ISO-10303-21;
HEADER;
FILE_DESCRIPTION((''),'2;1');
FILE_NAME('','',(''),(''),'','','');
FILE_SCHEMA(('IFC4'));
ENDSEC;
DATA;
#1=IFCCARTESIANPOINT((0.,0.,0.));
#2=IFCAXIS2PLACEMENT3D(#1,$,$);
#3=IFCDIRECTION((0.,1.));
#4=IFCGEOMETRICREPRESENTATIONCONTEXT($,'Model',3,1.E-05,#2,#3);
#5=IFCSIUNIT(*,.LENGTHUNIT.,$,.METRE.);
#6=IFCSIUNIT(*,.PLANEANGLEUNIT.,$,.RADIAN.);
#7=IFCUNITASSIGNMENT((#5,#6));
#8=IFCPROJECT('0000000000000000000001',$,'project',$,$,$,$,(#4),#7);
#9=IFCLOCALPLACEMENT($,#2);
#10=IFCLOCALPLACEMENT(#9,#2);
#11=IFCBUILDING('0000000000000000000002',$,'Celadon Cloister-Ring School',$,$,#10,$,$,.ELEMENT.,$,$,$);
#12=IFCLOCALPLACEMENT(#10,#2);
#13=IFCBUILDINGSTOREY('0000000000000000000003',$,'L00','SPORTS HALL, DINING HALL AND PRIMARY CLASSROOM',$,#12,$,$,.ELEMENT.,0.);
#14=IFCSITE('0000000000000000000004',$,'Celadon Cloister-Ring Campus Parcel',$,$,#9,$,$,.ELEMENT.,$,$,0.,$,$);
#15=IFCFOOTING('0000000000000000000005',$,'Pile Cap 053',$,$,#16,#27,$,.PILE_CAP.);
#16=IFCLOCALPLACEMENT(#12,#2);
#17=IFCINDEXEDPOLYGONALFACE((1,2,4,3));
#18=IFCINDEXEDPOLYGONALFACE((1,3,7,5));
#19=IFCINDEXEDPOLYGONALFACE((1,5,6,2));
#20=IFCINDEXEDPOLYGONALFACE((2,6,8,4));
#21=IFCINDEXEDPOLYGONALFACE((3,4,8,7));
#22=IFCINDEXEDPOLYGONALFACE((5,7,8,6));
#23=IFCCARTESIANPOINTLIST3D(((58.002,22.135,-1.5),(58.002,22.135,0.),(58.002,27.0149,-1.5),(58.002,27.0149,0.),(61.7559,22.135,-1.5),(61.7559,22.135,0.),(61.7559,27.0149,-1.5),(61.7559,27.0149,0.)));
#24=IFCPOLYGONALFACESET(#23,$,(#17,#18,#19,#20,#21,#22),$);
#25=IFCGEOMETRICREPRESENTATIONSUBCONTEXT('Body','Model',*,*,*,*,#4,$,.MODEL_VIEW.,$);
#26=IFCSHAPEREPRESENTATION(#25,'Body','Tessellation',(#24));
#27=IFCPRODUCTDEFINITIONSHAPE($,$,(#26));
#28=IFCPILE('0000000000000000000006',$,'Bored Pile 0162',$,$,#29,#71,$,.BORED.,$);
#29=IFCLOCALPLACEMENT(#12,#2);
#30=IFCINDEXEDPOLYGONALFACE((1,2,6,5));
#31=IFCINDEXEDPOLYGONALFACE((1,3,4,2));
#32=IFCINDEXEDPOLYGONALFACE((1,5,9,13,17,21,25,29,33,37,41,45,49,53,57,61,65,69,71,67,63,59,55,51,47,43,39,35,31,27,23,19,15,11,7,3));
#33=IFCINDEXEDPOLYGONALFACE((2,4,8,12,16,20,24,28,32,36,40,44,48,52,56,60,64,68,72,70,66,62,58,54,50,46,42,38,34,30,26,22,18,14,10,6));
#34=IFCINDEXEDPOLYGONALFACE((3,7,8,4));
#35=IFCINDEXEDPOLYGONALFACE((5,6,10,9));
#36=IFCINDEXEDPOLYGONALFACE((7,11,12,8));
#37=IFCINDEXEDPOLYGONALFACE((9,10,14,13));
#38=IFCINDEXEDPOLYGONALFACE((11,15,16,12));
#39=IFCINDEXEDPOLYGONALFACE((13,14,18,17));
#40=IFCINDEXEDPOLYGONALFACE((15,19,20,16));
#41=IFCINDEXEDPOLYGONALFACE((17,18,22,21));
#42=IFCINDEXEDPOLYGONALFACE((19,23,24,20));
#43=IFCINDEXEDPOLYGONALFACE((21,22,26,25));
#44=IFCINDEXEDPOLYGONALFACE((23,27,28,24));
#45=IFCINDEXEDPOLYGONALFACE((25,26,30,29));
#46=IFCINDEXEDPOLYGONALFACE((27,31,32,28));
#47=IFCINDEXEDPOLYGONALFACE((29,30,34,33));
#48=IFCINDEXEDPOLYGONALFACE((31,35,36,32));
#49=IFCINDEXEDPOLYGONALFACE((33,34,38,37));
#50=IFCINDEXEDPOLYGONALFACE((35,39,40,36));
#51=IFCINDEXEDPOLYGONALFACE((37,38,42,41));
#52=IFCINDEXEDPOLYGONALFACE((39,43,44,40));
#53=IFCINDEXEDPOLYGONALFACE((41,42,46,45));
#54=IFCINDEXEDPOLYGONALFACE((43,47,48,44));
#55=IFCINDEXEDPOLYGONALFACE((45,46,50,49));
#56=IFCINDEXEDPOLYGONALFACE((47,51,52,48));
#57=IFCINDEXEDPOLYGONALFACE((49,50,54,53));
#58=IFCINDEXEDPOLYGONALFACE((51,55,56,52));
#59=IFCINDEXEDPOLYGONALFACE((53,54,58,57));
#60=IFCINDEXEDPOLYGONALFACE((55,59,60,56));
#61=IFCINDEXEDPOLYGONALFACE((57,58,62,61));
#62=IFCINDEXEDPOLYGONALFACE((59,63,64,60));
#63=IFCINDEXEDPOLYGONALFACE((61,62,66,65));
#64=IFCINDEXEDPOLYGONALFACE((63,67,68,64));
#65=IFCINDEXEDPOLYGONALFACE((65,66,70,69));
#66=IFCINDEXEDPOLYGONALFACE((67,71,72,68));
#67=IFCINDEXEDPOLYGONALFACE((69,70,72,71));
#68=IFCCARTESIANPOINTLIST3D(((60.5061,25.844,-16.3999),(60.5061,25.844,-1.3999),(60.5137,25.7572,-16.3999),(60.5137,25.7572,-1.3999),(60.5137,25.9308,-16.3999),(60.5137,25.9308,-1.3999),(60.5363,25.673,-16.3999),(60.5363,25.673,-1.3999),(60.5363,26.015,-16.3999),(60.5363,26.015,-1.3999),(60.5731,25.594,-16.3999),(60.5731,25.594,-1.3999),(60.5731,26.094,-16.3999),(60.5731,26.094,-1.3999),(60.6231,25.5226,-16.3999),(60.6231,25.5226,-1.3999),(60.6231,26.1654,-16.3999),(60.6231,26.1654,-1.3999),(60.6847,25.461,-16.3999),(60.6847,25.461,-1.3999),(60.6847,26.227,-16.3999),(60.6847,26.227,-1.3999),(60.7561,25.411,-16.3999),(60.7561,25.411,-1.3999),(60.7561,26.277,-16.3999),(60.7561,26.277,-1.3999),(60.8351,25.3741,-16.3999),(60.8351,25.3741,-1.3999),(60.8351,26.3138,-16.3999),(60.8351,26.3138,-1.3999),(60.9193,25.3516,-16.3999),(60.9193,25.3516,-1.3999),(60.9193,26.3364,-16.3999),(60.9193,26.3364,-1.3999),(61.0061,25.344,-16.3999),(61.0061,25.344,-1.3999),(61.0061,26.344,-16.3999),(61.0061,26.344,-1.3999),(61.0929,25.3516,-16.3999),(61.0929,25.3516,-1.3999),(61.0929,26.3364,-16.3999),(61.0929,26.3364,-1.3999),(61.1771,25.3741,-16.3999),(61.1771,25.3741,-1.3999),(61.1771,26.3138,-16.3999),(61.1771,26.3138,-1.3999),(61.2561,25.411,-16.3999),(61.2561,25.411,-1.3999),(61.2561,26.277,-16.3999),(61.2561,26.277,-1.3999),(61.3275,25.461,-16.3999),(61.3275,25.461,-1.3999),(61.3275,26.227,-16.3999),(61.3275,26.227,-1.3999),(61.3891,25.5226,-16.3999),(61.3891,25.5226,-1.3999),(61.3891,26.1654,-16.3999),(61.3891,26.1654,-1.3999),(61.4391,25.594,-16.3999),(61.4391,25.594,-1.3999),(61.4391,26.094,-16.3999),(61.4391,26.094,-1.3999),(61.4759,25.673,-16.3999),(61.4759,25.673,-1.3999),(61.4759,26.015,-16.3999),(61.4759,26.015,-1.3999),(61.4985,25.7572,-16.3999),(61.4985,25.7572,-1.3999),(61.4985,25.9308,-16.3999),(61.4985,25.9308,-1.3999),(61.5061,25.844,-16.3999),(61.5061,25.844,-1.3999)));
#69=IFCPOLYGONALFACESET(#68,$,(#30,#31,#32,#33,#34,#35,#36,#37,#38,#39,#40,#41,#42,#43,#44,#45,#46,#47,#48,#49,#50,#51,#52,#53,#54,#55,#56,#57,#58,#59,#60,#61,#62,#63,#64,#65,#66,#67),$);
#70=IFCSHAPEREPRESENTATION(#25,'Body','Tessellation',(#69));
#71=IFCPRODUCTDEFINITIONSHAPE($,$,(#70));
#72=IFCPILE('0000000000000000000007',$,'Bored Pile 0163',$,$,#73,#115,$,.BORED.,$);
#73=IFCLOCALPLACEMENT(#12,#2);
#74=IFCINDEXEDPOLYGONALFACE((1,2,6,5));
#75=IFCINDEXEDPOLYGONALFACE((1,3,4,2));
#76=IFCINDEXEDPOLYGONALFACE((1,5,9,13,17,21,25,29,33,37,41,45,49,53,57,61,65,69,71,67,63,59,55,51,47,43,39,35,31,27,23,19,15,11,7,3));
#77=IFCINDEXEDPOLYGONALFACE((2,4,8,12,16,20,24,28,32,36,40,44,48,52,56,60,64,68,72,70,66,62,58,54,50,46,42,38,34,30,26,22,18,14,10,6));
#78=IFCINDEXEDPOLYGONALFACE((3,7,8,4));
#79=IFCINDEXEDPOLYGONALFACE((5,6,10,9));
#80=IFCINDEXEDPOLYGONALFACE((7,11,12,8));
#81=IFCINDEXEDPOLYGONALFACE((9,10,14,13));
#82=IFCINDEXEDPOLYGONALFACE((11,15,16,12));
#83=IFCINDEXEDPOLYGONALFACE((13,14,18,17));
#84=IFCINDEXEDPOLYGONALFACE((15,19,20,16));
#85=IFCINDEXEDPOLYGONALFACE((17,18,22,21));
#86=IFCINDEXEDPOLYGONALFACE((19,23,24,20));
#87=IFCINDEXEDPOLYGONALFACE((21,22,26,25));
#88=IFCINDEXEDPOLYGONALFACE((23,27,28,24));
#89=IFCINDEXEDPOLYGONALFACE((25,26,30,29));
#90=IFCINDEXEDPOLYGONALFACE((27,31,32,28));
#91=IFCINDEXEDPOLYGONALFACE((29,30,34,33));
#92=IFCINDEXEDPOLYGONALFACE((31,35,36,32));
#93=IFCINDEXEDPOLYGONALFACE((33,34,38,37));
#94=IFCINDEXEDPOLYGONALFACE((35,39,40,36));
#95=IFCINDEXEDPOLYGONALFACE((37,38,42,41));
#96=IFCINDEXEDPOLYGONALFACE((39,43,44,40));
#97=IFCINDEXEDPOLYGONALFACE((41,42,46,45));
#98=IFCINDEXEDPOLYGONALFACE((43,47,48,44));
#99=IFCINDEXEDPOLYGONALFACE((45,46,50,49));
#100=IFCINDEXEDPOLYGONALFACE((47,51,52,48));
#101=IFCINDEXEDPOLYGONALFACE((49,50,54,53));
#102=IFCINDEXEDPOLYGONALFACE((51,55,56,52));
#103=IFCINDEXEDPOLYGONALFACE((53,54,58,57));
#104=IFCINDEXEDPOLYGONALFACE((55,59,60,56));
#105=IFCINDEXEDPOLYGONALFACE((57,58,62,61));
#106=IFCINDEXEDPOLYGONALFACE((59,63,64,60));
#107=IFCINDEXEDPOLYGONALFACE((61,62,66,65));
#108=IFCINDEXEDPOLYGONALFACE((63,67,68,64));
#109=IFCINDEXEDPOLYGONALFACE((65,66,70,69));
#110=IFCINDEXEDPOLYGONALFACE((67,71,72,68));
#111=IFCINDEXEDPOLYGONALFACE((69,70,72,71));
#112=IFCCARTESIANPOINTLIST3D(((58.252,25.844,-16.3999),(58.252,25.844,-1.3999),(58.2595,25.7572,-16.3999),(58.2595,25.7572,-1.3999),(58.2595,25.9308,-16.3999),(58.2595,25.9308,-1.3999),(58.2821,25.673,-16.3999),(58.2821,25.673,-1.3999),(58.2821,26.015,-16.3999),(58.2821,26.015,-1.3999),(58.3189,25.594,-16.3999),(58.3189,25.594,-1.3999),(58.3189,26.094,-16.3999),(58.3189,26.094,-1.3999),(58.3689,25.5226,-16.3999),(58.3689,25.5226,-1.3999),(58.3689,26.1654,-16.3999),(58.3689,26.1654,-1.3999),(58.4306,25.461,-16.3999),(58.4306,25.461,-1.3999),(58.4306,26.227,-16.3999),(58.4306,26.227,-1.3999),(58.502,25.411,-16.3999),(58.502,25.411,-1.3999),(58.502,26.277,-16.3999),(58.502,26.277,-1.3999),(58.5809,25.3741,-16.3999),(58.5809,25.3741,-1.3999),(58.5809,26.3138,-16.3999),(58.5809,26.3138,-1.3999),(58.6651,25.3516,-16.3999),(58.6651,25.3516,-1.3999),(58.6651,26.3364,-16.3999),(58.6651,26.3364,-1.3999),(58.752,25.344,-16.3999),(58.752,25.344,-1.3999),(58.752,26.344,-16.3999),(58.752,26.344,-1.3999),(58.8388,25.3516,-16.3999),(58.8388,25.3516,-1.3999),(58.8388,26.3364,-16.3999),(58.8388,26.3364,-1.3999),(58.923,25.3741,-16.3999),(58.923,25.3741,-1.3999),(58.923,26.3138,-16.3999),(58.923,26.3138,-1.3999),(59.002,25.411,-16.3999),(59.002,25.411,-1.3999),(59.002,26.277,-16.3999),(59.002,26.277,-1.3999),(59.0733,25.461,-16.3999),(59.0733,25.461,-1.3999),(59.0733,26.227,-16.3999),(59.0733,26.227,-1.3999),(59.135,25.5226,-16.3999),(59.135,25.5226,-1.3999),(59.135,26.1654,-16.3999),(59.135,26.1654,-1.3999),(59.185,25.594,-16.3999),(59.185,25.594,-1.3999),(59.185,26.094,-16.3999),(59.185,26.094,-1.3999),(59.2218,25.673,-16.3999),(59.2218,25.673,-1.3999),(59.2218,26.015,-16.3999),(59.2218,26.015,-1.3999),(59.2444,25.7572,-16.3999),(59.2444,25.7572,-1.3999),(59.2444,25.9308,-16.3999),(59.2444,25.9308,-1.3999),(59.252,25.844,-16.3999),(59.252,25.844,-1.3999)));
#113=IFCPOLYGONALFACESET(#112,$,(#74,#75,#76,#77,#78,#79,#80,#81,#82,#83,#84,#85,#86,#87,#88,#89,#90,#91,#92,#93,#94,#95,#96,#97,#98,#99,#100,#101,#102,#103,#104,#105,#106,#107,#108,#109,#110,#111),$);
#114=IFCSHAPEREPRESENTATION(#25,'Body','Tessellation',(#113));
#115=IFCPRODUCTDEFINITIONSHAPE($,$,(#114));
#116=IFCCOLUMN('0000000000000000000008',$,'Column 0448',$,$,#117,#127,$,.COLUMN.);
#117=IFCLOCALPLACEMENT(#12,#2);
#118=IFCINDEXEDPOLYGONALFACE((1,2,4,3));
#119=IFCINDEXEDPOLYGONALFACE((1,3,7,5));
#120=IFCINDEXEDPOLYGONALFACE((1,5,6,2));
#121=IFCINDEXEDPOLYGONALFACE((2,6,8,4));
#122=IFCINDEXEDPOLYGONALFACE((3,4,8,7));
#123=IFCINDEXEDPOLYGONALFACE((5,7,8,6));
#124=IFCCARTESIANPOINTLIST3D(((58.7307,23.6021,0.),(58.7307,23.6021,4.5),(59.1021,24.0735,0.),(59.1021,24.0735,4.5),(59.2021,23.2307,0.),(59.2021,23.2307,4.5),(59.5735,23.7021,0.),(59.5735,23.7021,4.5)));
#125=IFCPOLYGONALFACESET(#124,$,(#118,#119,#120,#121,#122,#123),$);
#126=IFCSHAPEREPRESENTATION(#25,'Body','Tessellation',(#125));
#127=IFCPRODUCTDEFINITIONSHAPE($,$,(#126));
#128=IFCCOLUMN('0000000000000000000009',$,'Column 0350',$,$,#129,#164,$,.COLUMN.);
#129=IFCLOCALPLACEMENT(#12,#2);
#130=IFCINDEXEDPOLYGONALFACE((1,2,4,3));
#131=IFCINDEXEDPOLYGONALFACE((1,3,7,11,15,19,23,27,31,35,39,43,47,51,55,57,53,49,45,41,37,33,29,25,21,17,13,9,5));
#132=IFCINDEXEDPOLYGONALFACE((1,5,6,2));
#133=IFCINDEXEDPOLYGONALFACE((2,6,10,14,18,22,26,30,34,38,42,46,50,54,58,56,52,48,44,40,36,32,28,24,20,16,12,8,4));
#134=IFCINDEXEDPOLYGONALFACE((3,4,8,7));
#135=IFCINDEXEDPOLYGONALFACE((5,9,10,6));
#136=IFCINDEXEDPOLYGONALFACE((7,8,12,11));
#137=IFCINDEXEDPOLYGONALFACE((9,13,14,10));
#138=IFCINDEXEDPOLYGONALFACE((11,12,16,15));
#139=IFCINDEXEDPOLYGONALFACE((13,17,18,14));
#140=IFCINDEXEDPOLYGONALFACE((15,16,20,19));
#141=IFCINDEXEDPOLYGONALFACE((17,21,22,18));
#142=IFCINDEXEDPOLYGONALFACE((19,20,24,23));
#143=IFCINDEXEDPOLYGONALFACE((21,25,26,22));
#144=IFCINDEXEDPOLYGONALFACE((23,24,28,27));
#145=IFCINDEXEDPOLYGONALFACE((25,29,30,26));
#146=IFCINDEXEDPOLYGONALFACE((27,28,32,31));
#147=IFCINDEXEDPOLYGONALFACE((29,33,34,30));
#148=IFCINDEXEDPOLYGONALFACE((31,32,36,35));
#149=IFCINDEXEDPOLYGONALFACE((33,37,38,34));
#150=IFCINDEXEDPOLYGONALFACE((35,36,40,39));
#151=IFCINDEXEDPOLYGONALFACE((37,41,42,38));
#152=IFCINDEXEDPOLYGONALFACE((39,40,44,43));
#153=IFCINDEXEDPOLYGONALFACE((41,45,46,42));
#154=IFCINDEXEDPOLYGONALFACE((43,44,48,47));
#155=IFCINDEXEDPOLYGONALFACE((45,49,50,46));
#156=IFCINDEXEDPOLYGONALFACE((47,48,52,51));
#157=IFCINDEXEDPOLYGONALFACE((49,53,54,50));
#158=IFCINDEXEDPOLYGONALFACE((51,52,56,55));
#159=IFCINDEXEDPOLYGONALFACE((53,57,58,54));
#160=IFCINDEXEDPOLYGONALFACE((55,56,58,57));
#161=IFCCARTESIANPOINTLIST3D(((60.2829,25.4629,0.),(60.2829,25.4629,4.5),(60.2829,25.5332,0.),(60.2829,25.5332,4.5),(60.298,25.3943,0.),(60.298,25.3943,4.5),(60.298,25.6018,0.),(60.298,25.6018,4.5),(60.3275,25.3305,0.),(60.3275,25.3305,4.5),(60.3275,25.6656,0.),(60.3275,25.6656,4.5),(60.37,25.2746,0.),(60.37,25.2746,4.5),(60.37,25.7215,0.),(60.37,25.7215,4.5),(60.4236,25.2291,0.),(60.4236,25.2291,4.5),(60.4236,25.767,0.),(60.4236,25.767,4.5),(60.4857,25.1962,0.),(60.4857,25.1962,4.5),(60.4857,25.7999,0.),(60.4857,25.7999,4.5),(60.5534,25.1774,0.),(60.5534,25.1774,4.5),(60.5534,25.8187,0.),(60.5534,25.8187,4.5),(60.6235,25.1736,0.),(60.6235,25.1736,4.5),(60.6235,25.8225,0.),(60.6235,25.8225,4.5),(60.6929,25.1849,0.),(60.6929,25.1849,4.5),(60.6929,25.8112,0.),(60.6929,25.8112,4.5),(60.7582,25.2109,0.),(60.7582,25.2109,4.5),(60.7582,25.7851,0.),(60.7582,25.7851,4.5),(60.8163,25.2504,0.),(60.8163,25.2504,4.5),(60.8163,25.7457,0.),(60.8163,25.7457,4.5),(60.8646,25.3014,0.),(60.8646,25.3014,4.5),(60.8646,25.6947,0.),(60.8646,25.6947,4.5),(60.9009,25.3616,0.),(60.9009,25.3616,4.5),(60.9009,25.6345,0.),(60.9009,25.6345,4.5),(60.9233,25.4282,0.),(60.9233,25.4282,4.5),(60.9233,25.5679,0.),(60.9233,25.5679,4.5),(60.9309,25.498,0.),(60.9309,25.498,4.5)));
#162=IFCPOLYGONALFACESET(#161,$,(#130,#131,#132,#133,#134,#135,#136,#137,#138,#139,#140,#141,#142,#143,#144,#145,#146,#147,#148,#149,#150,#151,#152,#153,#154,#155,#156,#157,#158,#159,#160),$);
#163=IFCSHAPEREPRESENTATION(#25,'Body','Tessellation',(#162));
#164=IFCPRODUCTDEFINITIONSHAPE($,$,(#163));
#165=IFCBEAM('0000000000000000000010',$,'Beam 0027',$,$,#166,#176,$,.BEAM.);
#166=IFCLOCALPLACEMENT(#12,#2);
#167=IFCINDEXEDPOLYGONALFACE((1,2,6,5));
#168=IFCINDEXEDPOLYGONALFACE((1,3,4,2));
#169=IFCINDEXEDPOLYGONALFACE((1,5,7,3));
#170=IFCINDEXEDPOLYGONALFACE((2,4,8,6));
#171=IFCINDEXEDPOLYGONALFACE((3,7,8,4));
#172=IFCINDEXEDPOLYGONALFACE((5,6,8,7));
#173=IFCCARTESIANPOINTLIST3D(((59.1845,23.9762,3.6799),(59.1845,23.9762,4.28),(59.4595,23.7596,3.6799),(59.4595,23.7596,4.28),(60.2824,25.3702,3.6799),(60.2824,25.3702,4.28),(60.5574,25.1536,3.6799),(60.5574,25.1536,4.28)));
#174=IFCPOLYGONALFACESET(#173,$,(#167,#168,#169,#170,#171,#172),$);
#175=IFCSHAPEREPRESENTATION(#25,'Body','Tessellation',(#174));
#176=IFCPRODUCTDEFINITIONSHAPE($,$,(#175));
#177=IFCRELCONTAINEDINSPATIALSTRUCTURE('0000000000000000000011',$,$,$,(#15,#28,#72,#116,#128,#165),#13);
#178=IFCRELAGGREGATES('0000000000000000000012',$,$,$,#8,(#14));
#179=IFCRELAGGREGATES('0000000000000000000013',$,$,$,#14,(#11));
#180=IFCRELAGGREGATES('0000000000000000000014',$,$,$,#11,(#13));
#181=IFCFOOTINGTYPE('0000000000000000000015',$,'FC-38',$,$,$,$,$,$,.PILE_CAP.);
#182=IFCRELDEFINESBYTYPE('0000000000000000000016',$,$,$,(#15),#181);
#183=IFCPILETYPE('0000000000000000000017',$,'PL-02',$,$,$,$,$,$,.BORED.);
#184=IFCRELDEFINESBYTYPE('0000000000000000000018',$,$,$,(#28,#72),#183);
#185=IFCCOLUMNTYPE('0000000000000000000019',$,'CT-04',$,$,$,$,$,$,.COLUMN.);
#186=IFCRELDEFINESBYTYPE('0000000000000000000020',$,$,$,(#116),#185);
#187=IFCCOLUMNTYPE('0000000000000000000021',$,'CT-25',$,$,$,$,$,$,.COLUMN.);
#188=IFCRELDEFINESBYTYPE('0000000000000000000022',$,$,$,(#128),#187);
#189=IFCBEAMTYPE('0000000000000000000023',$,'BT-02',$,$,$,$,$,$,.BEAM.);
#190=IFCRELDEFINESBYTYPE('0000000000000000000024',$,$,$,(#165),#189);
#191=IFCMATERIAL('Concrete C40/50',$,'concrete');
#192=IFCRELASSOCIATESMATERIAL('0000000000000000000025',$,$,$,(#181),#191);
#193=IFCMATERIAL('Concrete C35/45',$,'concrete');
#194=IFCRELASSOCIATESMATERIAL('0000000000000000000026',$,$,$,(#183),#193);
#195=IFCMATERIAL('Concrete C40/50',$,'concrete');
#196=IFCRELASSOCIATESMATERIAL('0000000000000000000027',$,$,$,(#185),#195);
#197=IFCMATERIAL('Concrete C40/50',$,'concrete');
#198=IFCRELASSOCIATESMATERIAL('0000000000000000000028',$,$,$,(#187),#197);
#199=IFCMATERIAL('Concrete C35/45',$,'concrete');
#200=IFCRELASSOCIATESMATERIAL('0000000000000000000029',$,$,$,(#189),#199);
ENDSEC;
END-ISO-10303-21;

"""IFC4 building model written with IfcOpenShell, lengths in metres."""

from ifc_helpers import new_model, si_unit, direction, frame, origin, origin_2d, place, context, subcontext, project, spatial, rectangle, circle, extrude, material, material_profile, profile_set, type_object, element, save


model = new_model("IFC4")

# Units and contexts
model_context = context("Model", 3, precision=1e-05, world=origin(), true_north=direction((0.0, 1.0)))
body_context = subcontext(model_context, "Body", "Model", "MODEL_VIEW")
ifc_project = project(units=[si_unit("LENGTHUNIT", "METRE"), si_unit("PLANEANGLEUNIT", "RADIAN")], contexts=[model_context])

# Site, building, storey
site_placement = place(None, origin())
site = spatial("IfcSite", under=ifc_project, at=site_placement, Name="Celadon Cloister-Ring Campus Parcel", CompositionType="ELEMENT", RefElevation=0.0)
building_placement = place(site_placement, origin())
building = spatial("IfcBuilding", under=site, at=building_placement, Name="Celadon Cloister-Ring School", CompositionType="ELEMENT")
storey_placement = place(building_placement, origin())
storey = spatial("IfcBuildingStorey", under=building, at=storey_placement, Name="L00", Description="SPORTS HALL, DINING HALL AND PRIMARY CLASSROOM", CompositionType="ELEMENT", Elevation=0.0)

# Footing
ifc_material_1 = material(Name="Concrete C40/50", Category="concrete")
footing_type = type_object("IfcFootingType", Name="FC-38", PredefinedType="PILE_CAP", material=ifc_material_1)
footing_placement = place(storey_placement, frame((59.8789, 24.575, -1.5), z_axis=(0.0, 0.0, 1.0), x_axis=(1.0, 0.0, 0.0)))
element("IfcFooting", 1, at=footing_placement, inside=storey, type_object=footing_type, Name="Pile Cap 053", PredefinedType="PILE_CAP", context=body_context, shape_type="SweptSolid", body=[
    extrude(rectangle(XDim=3.7539, YDim=4.8799, at=origin_2d()), origin(), (0.0, 0.0, 1.0), 1.5),
])

# Piles
ifc_material_2 = material(Name="Concrete C35/45", Category="concrete")
ifc_material_profile_1 = material_profile(ifc_material_2, circle(Radius=0.5, at=origin_2d()), Name="PILE1000")
ifc_profile_set_1 = profile_set([ifc_material_profile_1], Name="Concrete C35/45")
pile_type = type_object("IfcPileType", Name="PL-02", PredefinedType="BORED", material=ifc_profile_set_1)
for number, where, z_axis, x_axis, name in (
    (2, (61.0061, 25.844, -1.3999), (0.0, 0.0, -1.0), (1.0, 0.0, 0.0), "Bored Pile 0162"),
    (3, (58.752, 25.844, -1.3999), (0.0, 0.0, -1.0), (1.0, 0.0, 0.0), "Bored Pile 0163"),
):
    element("IfcPile", number, at=place(storey_placement, frame(where, z_axis=z_axis, x_axis=x_axis)), inside=storey, type_object=pile_type, Name=name, PredefinedType="BORED", context=body_context, shape_type="SweptSolid", body=[
        extrude(circle(Radius=0.5, at=origin_2d()), origin(), (0.0, 0.0, 1.0), 15.0),
    ])

# Columns
ifc_material_3 = material(Name="Concrete C40/50", Category="concrete")
ifc_material_profile_2 = material_profile(ifc_material_3, rectangle(XDim=0.6001, YDim=0.6001, at=origin_2d()), Name="RC600X600")
ifc_profile_set_2 = profile_set([ifc_material_profile_2], Name="Concrete C40/50")
column_type_1 = type_object("IfcColumnType", Name="CT-04", PredefinedType="COLUMN", material=ifc_profile_set_2)
column_1_placement = place(storey_placement, frame((59.1521, 23.6521, 0.0), z_axis=(0.0, 0.0, 1.0), x_axis=(-0.618847, -0.785511, 0.0)))
element("IfcColumn", 4, at=column_1_placement, inside=storey, type_object=column_type_1, Name="Column 0448", PredefinedType="COLUMN", context=body_context, shape_type="SweptSolid", body=[
    extrude(rectangle(XDim=0.6001, YDim=0.6001, at=origin_2d()), origin(), (0.0, 0.0, 1.0), 4.5),
])
ifc_material_4 = material(Name="Concrete C40/50", Category="concrete")
ifc_material_profile_3 = material_profile(ifc_material_4, circle(Radius=0.325, at=origin_2d()), Name="CIRC650")
ifc_profile_set_3 = profile_set([ifc_material_profile_3], Name="Concrete C40/50")
column_type_2 = type_object("IfcColumnType", Name="CT-25", PredefinedType="COLUMN", material=ifc_profile_set_3)
column_2_placement = place(storey_placement, frame((60.606, 25.498, 0.0), z_axis=(0.0, 0.0, 1.0), x_axis=(1.0, 0.0, 0.0)))
element("IfcColumn", 5, at=column_2_placement, inside=storey, type_object=column_type_2, Name="Column 0350", PredefinedType="COLUMN", context=body_context, shape_type="SweptSolid", body=[
    extrude(circle(Radius=0.325, at=origin_2d()), origin(), (0.0, 0.0, 1.0), 4.5),
])

# Beam
ifc_material_5 = material(Name="Concrete C35/45", Category="concrete")
ifc_material_profile_4 = material_profile(ifc_material_5, rectangle(XDim=0.3501, YDim=0.6001, at=origin_2d()), Name="RC350X600")
ifc_profile_set_4 = profile_set([ifc_material_profile_4], Name="Concrete C35/45")
beam_type_1 = type_object("IfcBeamType", Name="BT-02", PredefinedType="BEAM", material=ifc_profile_set_4)
beam_1_placement = place(storey_placement, frame((59.322, 23.8679, 3.98), z_axis=(0.61872, 0.785611, 0.0), x_axis=(-0.785611, 0.61872, 0.0)))
element("IfcBeam", 6, at=beam_1_placement, inside=storey, type_object=beam_type_1, Name="Beam 0027", PredefinedType="BEAM", context=body_context, shape_type="SweptSolid", body=[
    extrude(rectangle(XDim=0.3501, YDim=0.6001, at=origin_2d()), origin(), (0.0, 0.0, 1.0), 1.7744),
])

save(model, "model.ifc")
